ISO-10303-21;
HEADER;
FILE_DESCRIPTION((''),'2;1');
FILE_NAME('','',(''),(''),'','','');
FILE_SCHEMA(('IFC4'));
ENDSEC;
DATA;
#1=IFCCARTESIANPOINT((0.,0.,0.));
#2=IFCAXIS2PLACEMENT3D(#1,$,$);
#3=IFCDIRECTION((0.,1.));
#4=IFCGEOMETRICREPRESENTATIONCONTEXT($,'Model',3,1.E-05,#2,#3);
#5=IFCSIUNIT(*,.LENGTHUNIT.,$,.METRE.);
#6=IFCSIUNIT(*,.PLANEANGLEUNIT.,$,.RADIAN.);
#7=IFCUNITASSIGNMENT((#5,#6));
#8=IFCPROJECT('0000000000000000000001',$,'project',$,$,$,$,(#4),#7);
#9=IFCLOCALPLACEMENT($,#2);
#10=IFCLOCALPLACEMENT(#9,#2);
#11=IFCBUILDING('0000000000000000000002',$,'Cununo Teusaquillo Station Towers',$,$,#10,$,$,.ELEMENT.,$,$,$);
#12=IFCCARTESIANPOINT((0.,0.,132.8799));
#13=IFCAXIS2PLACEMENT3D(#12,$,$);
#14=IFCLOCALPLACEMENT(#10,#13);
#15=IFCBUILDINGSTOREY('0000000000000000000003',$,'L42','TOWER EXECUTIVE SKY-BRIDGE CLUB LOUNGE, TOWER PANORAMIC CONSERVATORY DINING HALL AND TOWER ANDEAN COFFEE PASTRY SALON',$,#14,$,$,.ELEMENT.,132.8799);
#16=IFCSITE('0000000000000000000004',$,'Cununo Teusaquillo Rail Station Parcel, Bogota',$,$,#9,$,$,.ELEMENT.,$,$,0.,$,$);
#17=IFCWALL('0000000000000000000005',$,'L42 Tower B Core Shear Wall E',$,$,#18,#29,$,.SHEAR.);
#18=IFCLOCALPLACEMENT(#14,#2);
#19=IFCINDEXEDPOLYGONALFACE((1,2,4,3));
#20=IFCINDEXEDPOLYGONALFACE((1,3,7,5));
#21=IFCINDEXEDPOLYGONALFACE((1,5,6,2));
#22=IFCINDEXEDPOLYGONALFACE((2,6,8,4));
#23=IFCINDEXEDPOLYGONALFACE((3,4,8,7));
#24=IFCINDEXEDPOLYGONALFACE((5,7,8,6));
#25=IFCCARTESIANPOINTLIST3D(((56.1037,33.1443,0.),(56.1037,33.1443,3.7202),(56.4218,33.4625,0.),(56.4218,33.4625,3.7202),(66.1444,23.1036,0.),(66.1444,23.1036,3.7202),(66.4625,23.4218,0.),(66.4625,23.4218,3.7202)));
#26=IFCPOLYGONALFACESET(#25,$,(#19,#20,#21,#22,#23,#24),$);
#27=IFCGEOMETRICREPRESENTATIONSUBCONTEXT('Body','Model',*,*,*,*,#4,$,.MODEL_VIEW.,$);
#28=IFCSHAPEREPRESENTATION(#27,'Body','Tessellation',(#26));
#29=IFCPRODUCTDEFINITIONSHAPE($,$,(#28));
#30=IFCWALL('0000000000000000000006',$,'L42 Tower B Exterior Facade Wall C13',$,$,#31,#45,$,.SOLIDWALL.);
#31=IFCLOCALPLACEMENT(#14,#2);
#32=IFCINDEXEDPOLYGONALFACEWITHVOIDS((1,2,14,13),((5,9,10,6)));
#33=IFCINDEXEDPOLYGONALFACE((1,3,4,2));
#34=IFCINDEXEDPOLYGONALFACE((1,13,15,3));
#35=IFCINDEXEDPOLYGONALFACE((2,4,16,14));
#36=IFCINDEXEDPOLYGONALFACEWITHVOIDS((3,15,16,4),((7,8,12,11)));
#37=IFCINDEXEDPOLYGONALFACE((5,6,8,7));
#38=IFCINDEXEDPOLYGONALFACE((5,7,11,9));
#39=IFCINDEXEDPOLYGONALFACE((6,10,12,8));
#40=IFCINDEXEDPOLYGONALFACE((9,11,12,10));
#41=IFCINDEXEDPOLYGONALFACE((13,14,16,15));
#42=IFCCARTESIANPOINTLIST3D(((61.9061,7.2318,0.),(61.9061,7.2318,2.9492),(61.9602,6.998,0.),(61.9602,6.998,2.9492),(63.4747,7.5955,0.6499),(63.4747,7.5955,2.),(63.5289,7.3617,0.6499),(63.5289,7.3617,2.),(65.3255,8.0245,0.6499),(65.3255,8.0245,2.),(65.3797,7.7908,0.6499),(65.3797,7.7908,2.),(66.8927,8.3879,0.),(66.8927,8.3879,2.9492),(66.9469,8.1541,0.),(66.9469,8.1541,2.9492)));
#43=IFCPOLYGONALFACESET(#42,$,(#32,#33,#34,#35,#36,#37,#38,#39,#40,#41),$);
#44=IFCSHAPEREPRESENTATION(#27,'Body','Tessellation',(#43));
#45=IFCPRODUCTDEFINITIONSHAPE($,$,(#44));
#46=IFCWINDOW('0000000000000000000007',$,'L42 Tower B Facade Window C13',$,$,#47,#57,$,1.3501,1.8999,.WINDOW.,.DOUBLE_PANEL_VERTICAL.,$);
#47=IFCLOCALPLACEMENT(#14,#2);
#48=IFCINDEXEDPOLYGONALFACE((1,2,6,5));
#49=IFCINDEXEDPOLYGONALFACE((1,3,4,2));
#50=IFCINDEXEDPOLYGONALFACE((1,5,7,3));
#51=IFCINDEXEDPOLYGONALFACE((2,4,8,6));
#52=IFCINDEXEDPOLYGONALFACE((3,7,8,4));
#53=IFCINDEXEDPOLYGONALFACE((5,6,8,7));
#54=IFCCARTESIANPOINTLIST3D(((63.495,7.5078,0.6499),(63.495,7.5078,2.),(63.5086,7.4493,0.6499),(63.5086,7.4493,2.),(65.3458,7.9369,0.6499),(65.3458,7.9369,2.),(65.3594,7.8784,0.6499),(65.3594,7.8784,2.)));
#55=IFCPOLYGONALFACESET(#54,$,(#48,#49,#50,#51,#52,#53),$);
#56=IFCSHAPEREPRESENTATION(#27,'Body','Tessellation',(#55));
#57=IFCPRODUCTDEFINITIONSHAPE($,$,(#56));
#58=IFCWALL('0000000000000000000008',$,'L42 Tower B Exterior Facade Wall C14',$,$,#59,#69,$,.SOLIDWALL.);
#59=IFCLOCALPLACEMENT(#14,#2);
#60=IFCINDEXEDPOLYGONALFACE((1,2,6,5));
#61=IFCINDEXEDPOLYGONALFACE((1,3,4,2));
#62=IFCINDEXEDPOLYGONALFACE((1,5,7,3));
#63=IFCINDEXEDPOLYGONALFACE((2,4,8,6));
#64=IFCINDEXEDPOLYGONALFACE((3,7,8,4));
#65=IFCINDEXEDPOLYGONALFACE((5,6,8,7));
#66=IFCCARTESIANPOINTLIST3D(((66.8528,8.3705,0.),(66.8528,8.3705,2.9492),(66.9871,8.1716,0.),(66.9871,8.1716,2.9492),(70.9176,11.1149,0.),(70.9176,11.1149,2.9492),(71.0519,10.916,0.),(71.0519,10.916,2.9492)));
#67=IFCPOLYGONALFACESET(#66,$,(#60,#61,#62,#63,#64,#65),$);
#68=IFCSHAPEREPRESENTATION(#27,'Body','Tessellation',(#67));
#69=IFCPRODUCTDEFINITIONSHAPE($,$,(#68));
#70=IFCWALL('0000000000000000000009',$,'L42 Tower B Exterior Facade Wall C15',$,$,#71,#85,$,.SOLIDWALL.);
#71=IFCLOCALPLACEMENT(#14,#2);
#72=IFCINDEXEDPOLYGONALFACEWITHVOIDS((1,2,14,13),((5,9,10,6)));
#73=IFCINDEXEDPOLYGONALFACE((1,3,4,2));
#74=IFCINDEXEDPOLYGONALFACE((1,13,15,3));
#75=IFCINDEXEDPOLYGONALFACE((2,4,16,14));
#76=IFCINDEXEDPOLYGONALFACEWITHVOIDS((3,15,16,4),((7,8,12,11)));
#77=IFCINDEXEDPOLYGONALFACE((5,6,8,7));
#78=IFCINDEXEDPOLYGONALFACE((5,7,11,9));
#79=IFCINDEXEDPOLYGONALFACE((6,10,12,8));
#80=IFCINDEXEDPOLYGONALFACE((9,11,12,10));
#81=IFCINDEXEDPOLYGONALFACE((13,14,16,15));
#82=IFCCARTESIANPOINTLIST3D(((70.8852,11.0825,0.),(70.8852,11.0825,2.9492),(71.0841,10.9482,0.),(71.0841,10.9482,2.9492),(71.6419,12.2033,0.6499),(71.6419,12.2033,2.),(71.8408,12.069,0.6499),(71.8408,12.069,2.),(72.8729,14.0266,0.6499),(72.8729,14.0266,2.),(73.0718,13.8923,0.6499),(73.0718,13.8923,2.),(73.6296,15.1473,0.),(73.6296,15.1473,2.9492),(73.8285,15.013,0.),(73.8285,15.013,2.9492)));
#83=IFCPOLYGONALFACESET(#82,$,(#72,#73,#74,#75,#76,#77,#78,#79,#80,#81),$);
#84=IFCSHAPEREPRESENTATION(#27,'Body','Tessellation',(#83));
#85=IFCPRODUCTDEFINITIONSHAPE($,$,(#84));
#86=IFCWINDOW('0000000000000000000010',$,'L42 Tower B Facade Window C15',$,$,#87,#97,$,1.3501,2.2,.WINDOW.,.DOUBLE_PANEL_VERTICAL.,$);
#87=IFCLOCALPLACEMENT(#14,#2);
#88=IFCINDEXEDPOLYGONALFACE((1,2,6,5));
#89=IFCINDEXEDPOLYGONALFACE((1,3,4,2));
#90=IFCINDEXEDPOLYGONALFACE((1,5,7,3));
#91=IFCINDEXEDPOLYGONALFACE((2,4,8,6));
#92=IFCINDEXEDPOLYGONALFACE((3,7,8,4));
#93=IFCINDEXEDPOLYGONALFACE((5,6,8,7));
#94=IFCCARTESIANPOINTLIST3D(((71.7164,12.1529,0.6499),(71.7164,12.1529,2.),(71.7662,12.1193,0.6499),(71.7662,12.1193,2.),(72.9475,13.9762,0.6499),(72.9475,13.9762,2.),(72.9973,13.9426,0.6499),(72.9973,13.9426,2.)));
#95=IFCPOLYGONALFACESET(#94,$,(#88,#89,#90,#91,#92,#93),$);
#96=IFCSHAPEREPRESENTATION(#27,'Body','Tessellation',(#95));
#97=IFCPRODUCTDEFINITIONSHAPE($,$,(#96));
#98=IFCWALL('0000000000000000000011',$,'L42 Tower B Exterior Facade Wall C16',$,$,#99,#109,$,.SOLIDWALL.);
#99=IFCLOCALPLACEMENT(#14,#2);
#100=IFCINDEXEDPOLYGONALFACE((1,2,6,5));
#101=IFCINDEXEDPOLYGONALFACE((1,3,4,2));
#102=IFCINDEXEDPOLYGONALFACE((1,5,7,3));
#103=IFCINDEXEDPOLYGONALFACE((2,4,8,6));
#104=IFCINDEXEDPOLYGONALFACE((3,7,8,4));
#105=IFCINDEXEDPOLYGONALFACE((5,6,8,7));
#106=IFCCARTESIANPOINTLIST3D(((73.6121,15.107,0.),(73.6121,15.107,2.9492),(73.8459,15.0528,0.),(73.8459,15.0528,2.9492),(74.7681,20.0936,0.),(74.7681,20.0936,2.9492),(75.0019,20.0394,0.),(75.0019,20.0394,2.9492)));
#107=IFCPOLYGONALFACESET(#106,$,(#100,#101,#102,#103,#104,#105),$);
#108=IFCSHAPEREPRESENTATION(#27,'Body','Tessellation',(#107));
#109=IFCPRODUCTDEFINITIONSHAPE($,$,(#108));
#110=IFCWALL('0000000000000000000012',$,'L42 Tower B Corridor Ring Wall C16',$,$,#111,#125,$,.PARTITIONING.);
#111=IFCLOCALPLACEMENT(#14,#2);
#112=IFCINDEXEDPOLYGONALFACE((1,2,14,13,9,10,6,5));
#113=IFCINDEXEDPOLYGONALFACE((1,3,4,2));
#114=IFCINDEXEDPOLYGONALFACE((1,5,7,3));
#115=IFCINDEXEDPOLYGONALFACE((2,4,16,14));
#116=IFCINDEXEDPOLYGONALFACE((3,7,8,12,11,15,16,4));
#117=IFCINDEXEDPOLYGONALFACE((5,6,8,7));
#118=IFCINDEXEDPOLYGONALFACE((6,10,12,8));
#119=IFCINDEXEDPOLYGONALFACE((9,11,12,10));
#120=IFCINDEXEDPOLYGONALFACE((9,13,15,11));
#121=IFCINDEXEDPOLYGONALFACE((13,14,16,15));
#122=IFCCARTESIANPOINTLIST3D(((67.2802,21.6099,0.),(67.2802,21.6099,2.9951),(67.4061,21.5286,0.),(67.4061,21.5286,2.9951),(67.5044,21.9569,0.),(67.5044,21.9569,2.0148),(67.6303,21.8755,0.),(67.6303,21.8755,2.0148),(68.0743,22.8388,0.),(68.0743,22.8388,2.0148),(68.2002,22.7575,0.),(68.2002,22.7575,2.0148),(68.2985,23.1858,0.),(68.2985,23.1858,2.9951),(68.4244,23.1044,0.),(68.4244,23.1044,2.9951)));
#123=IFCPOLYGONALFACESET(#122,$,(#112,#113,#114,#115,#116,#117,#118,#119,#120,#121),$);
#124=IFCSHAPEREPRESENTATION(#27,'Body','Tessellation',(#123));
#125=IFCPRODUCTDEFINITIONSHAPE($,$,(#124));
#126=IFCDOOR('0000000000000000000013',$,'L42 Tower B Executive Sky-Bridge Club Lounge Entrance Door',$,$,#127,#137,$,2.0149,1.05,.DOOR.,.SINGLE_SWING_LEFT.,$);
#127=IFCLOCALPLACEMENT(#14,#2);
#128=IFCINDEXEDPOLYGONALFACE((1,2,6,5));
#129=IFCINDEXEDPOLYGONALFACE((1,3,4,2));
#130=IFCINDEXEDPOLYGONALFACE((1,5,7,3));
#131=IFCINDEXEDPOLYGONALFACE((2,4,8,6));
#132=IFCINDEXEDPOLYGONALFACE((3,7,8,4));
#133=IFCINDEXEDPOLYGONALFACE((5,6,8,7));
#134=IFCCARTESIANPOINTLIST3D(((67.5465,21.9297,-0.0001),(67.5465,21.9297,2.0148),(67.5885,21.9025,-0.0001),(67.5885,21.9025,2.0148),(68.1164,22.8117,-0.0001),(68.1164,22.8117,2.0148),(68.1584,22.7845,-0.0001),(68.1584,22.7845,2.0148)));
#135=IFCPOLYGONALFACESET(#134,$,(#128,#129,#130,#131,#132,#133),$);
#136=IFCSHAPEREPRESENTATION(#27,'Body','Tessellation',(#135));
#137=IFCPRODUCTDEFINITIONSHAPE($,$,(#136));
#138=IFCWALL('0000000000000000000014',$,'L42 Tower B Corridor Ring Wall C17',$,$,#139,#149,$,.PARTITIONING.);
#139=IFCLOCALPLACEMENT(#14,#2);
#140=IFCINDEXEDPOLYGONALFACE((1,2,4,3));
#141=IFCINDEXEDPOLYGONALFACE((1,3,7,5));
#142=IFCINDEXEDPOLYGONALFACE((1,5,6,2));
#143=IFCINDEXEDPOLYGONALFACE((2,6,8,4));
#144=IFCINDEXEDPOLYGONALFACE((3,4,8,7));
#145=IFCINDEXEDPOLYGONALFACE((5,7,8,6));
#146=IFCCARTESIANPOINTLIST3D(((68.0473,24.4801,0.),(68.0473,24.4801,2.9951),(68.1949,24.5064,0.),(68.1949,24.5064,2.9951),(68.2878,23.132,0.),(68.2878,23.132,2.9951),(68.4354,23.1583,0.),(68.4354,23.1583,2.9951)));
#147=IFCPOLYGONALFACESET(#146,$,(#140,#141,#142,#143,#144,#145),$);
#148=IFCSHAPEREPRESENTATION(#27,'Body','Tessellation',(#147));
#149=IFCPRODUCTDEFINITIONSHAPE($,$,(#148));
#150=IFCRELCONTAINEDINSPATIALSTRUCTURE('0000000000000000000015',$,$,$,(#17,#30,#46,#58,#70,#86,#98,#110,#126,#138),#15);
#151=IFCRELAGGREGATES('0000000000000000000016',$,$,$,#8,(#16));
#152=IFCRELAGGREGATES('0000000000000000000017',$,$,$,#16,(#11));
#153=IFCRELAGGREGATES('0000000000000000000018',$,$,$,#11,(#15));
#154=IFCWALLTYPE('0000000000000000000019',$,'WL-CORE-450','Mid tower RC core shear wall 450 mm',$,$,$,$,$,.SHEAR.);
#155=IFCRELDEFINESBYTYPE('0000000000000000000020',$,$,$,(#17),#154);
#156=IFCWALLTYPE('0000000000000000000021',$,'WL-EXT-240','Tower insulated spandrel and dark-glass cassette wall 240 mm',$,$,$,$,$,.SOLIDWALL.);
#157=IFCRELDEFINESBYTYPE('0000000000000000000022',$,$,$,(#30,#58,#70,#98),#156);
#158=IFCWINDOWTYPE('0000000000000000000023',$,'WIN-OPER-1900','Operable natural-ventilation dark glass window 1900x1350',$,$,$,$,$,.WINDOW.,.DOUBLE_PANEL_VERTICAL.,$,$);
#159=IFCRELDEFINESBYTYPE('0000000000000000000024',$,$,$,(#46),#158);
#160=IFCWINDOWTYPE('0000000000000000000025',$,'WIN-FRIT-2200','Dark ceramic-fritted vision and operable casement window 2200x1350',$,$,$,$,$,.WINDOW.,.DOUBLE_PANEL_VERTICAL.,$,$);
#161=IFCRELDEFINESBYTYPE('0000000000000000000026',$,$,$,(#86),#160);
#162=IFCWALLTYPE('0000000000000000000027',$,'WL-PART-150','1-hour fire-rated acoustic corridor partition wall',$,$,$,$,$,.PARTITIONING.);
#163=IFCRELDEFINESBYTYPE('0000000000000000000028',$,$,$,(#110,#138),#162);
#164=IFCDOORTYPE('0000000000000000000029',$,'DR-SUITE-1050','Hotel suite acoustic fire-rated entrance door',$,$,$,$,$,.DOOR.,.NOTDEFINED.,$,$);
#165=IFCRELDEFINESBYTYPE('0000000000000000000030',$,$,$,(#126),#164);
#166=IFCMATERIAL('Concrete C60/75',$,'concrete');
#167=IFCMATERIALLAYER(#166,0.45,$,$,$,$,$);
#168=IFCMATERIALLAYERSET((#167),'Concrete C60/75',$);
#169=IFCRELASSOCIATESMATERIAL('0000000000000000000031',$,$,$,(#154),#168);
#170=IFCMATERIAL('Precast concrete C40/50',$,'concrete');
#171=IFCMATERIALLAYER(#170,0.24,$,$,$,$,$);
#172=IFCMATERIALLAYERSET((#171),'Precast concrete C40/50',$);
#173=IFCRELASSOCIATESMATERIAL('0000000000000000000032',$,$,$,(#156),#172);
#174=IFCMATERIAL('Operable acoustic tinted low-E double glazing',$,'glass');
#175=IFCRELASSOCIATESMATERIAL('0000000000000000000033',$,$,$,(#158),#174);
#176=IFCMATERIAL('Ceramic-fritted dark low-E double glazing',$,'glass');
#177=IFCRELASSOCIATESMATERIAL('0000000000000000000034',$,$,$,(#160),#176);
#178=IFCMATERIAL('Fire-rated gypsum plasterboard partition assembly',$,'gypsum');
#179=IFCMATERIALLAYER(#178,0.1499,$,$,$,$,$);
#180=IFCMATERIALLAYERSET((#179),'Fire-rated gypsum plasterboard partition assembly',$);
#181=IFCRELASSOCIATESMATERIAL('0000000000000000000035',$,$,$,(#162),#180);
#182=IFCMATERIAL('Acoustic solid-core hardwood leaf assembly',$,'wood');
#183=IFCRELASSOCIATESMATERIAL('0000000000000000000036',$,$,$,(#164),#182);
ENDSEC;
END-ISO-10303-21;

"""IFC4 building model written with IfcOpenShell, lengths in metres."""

from ifc_helpers import new_model, si_unit, direction, frame, frame_2d, origin, place, context, subcontext, project, spatial, rectangle, extrude, source, transform, mapped, material, layer, layer_set, type_object, element, fill, save


model = new_model("IFC4")

# Units and contexts
model_context = context("Model", 3, precision=1e-05, world=origin(), true_north=direction((0.0, 1.0)))
body_context = subcontext(model_context, "Body", "Model", "MODEL_VIEW")
ifc_project = project(units=[si_unit("LENGTHUNIT", "METRE"), si_unit("PLANEANGLEUNIT", "RADIAN")], contexts=[model_context])

# Site, building, storey
site_placement = place(None, origin())
site = spatial("IfcSite", under=ifc_project, at=site_placement, Name="Cununo Teusaquillo Rail Station Parcel, Bogota", CompositionType="ELEMENT", RefElevation=0.0)
building_placement = place(site_placement, origin())
building = spatial("IfcBuilding", under=site, at=building_placement, Name="Cununo Teusaquillo Station Towers", CompositionType="ELEMENT")
storey_placement = place(building_placement, frame((0.0, 0.0, 132.8799)))
storey = spatial("IfcBuildingStorey", under=building, at=storey_placement, Name="L42", Description="TOWER EXECUTIVE SKY-BRIDGE CLUB LOUNGE, TOWER PANORAMIC CONSERVATORY DINING HALL AND TOWER ANDEAN COFFEE PASTRY SALON", CompositionType="ELEMENT", Elevation=132.8799)

# Wall
ifc_material_1 = material(Name="Concrete C60/75", Category="concrete")
ifc_layer_1 = layer(ifc_material_1, 0.45)
ifc_layer_set_1 = layer_set([ifc_layer_1], Name="Concrete C60/75")
wall_type_1 = type_object("IfcWallType", Name="WL-CORE-450", Description="Mid tower RC core shear wall 450 mm", PredefinedType="SHEAR", material=ifc_layer_set_1)
wall_1_placement = place(storey_placement, frame((66.3035, 23.2627, 0.0), z_axis=(0.0, 0.0, 1.0), x_axis=(-0.707107, 0.707107, 0.0)))
element("IfcWall", 1, at=wall_1_placement, inside=storey, type_object=wall_type_1, Name="L42 Tower B Core Shear Wall E", PredefinedType="SHEAR", context=body_context, shape_type="SweptSolid", body=[
    extrude(rectangle(XDim=14.1997, YDim=0.45, at=frame_2d((7.0999, 0.0))), origin(), (0.0, 0.0, 1.0), 3.7202),
])

# Wall, opening, window
ifc_material_2 = material(Name="Precast concrete C40/50", Category="concrete")
ifc_layer_2 = layer(ifc_material_2, 0.24)
ifc_layer_set_2 = layer_set([ifc_layer_2], Name="Precast concrete C40/50")
wall_type_2 = type_object("IfcWallType", Name="WL-EXT-240", Description="Tower insulated spandrel and dark-glass cassette wall 240 mm", PredefinedType="SOLIDWALL", material=ifc_layer_set_2)
wall_2_placement = place(storey_placement, frame((66.9199, 8.271, 0.0), z_axis=(0.0, 0.0, 1.0), x_axis=(-0.974166, -0.225835, 0.0)))
wall_2 = element("IfcWall", 2, at=wall_2_placement, inside=storey, type_object=wall_type_2, Name="L42 Tower B Exterior Facade Wall C13", PredefinedType="SOLIDWALL", context=body_context, shape_type="SweptSolid", body=[
    extrude(rectangle(XDim=5.1189, YDim=0.24, at=frame_2d((2.5596, 0.0))), origin(), (0.0, 0.0, 1.0), 2.9492),
])
shared_shape_1 = source(origin(), body_context, "Body", "SweptSolid", [
    extrude(rectangle(XDim=1.8999, YDim=1.3501, at=frame_2d((0.95, 0.675))), frame((0.0, 0.1299, 0.0), z_axis=(0.0, -1.0, 0.0), x_axis=(1.0, 0.0, 0.0)), (0.0, 0.0, 1.0), 0.26),
])
opening_1_placement = place(wall_2_placement, frame((1.6089, 0.0, 0.6499)))
opening_1 = element("IfcOpeningElement", 3, at=opening_1_placement, cuts=wall_2, PredefinedType="OPENING", context=body_context, shape_type="MappedRepresentation", body=[
    mapped(shared_shape_1, transform((0.0, 0.0, 0.0), x_axis=(1.0, 0.0, 0.0), y_axis=(0.0, 1.0, 0.0), z_axis=(0.0, 0.0, 1.0), scale=1.0)),
])
ifc_material_3 = material(Name="Operable acoustic tinted low-E double glazing", Category="glass")
window_type_1 = type_object("IfcWindowType", Name="WIN-OPER-1900", Description="Operable natural-ventilation dark glass window 1900x1350", PartitioningType="DOUBLE_PANEL_VERTICAL", PredefinedType="WINDOW", material=ifc_material_3)
shared_shape_2 = source(origin(), body_context, "Body", "SweptSolid", [
    extrude(rectangle(XDim=1.8999, YDim=1.3501, at=frame_2d((0.95, 0.675))), frame((0.0, 0.03, 0.0), z_axis=(0.0, -1.0, 0.0), x_axis=(1.0, 0.0, 0.0)), (0.0, 0.0, 1.0), 0.0601),
])
window_1_placement = place(opening_1_placement, origin())
window_1 = element("IfcWindow", 4, at=window_1_placement, inside=storey, type_object=window_type_1, Name="L42 Tower B Facade Window C13", OverallHeight=1.3501, OverallWidth=1.8999, PartitioningType="DOUBLE_PANEL_VERTICAL", PredefinedType="WINDOW", context=body_context, shape_type="MappedRepresentation", body=[
    mapped(shared_shape_2, transform((0.0, 0.0, 0.0), x_axis=(1.0, 0.0, 0.0), y_axis=(0.0, 1.0, 0.0), z_axis=(0.0, 0.0, 1.0), scale=1.0)),
])
fill(opening_1, window_1)

# Wall
wall_3_placement = place(storey_placement, frame((70.9846, 11.0154, 0.0), z_axis=(0.0, 0.0, 1.0), x_axis=(-0.828781, -0.559573, 0.0)))
element("IfcWall", 5, at=wall_3_placement, inside=storey, type_object=wall_type_2, Name="L42 Tower B Exterior Facade Wall C14", PredefinedType="SOLIDWALL", context=body_context, shape_type="SweptSolid", body=[
    extrude(rectangle(XDim=4.9045, YDim=0.24, at=frame_2d((2.4521, 0.0))), origin(), (0.0, 0.0, 1.0), 2.9492),
])

# Wall, opening, window
wall_4_placement = place(storey_placement, frame((73.729, 15.0801, 0.0), z_axis=(0.0, 0.0, 1.0), x_axis=(-0.559573, -0.828781, 0.0)))
wall_4 = element("IfcWall", 6, at=wall_4_placement, inside=storey, type_object=wall_type_2, Name="L42 Tower B Exterior Facade Wall C15", PredefinedType="SOLIDWALL", context=body_context, shape_type="SweptSolid", body=[
    extrude(rectangle(XDim=4.9045, YDim=0.24, at=frame_2d((2.4521, 0.0))), origin(), (0.0, 0.0, 1.0), 2.9492),
])
shared_shape_3 = source(origin(), body_context, "Body", "SweptSolid", [
    extrude(rectangle(XDim=2.2, YDim=1.3501, at=frame_2d((1.1001, 0.675))), frame((0.0, 0.1299, 0.0), z_axis=(0.0, -1.0, 0.0), x_axis=(1.0, 0.0, 0.0)), (0.0, 0.0, 1.0), 0.26),
])
opening_2_placement = place(wall_4_placement, frame((1.3521, 0.0, 0.6499)))
opening_2 = element("IfcOpeningElement", 7, at=opening_2_placement, cuts=wall_4, PredefinedType="OPENING", context=body_context, shape_type="MappedRepresentation", body=[
    mapped(shared_shape_3, transform((0.0, 0.0, 0.0), x_axis=(1.0, 0.0, 0.0), y_axis=(0.0, 1.0, 0.0), z_axis=(0.0, 0.0, 1.0), scale=1.0)),
])
ifc_material_4 = material(Name="Ceramic-fritted dark low-E double glazing", Category="glass")
window_type_2 = type_object("IfcWindowType", Name="WIN-FRIT-2200", Description="Dark ceramic-fritted vision and operable casement window 2200x1350", PartitioningType="DOUBLE_PANEL_VERTICAL", PredefinedType="WINDOW", material=ifc_material_4)
shared_shape_4 = source(origin(), body_context, "Body", "SweptSolid", [
    extrude(rectangle(XDim=2.2, YDim=1.3501, at=frame_2d((1.1001, 0.675))), frame((0.0, 0.03, 0.0), z_axis=(0.0, -1.0, 0.0), x_axis=(1.0, 0.0, 0.0)), (0.0, 0.0, 1.0), 0.0601),
])
window_2_placement = place(opening_2_placement, origin())
window_2 = element("IfcWindow", 8, at=window_2_placement, inside=storey, type_object=window_type_2, Name="L42 Tower B Facade Window C15", OverallHeight=1.3501, OverallWidth=2.2, PartitioningType="DOUBLE_PANEL_VERTICAL", PredefinedType="WINDOW", context=body_context, shape_type="MappedRepresentation", body=[
    mapped(shared_shape_4, transform((0.0, 0.0, 0.0), x_axis=(1.0, 0.0, 0.0), y_axis=(0.0, 1.0, 0.0), z_axis=(0.0, 0.0, 1.0), scale=1.0)),
])
fill(opening_2, window_2)

# Wall
wall_5_placement = place(storey_placement, frame((74.885, 20.0667, 0.0), z_axis=(0.0, 0.0, 1.0), x_axis=(-0.225835, -0.974166, 0.0)))
element("IfcWall", 9, at=wall_5_placement, inside=storey, type_object=wall_type_2, Name="L42 Tower B Exterior Facade Wall C16", PredefinedType="SOLIDWALL", context=body_context, shape_type="SweptSolid", body=[
    extrude(rectangle(XDim=5.1189, YDim=0.24, at=frame_2d((2.5596, 0.0))), origin(), (0.0, 0.0, 1.0), 2.9492),
])

# Wall, opening, door
ifc_material_5 = material(Name="Fire-rated gypsum plasterboard partition assembly", Category="gypsum")
ifc_layer_3 = layer(ifc_material_5, 0.1499)
ifc_layer_set_3 = layer_set([ifc_layer_3], Name="Fire-rated gypsum plasterboard partition assembly")
wall_type_3 = type_object("IfcWallType", Name="WL-PART-150", Description="1-hour fire-rated acoustic corridor partition wall", PredefinedType="PARTITIONING", material=ifc_layer_set_3)
wall_6_placement = place(storey_placement, frame((67.3433, 21.5693, 0.0), z_axis=(0.0, 0.0, 1.0), x_axis=(0.542722, 0.839912, 0.0)))
wall_6 = element("IfcWall", 10, at=wall_6_placement, inside=storey, type_object=wall_type_3, Name="L42 Tower B Corridor Ring Wall C16", PredefinedType="PARTITIONING", context=body_context, shape_type="SweptSolid", body=[
    extrude(rectangle(XDim=1.8762, YDim=0.1499, at=frame_2d((0.938, 0.0))), origin(), (0.0, 0.0, 1.0), 2.9951),
])
shared_shape_5 = source(origin(), body_context, "Body", "SweptSolid", [
    extrude(rectangle(XDim=1.05, YDim=2.0149, at=frame_2d((0.5249, 1.0073))), frame((0.0, 0.085, 0.0), z_axis=(0.0, -1.0, 0.0), x_axis=(1.0, 0.0, 0.0)), (0.0, 0.0, 1.0), 0.1699),
])
opening_3_placement = place(wall_6_placement, frame((0.4131, 0.0, 0.0)))
opening_3 = element("IfcOpeningElement", 11, at=opening_3_placement, cuts=wall_6, PredefinedType="OPENING", context=body_context, shape_type="MappedRepresentation", body=[
    mapped(shared_shape_5, transform((0.0, 0.0, 0.0), x_axis=(1.0, 0.0, 0.0), y_axis=(0.0, 1.0, 0.0), z_axis=(0.0, 0.0, 1.0), scale=1.0)),
])
ifc_material_6 = material(Name="Acoustic solid-core hardwood leaf assembly", Category="wood")
door_type_1 = type_object("IfcDoorType", Name="DR-SUITE-1050", Description="Hotel suite acoustic fire-rated entrance door", OperationType="NOTDEFINED", PredefinedType="DOOR", material=ifc_material_6)
shared_shape_6 = source(origin(), body_context, "Body", "SweptSolid", [
    extrude(rectangle(XDim=1.05, YDim=2.0149, at=frame_2d((0.5249, 1.0073))), frame((0.0, 0.0249, 0.0), z_axis=(0.0, -1.0, 0.0), x_axis=(1.0, 0.0, 0.0)), (0.0, 0.0, 1.0), 0.05),
])
door_1_placement = place(opening_3_placement, origin())
door_1 = element("IfcDoor", 12, at=door_1_placement, inside=storey, type_object=door_type_1, Name="L42 Tower B Executive Sky-Bridge Club Lounge Entrance Door", OperationType="SINGLE_SWING_LEFT", OverallHeight=2.0149, OverallWidth=1.05, PredefinedType="DOOR", context=body_context, shape_type="MappedRepresentation", body=[
    mapped(shared_shape_6, transform((0.0, 0.0, 0.0), x_axis=(1.0, 0.0, 0.0), y_axis=(0.0, 1.0, 0.0), z_axis=(0.0, 0.0, 1.0), scale=1.0)),
])
fill(opening_3, door_1)

# Wall
wall_7_placement = place(storey_placement, frame((68.3616, 23.1453, 0.0), z_axis=(0.0, 0.0, 1.0), x_axis=(-0.175606, 0.984461, 0.0)))
element("IfcWall", 13, at=wall_7_placement, inside=storey, type_object=wall_type_3, Name="L42 Tower B Corridor Ring Wall C17", PredefinedType="PARTITIONING", context=body_context, shape_type="SweptSolid", body=[
    extrude(rectangle(XDim=1.3694, YDim=0.1499, at=frame_2d((0.6846, 0.0))), origin(), (0.0, 0.0, 1.0), 2.9951),
])

save(model, "model.ifc")
